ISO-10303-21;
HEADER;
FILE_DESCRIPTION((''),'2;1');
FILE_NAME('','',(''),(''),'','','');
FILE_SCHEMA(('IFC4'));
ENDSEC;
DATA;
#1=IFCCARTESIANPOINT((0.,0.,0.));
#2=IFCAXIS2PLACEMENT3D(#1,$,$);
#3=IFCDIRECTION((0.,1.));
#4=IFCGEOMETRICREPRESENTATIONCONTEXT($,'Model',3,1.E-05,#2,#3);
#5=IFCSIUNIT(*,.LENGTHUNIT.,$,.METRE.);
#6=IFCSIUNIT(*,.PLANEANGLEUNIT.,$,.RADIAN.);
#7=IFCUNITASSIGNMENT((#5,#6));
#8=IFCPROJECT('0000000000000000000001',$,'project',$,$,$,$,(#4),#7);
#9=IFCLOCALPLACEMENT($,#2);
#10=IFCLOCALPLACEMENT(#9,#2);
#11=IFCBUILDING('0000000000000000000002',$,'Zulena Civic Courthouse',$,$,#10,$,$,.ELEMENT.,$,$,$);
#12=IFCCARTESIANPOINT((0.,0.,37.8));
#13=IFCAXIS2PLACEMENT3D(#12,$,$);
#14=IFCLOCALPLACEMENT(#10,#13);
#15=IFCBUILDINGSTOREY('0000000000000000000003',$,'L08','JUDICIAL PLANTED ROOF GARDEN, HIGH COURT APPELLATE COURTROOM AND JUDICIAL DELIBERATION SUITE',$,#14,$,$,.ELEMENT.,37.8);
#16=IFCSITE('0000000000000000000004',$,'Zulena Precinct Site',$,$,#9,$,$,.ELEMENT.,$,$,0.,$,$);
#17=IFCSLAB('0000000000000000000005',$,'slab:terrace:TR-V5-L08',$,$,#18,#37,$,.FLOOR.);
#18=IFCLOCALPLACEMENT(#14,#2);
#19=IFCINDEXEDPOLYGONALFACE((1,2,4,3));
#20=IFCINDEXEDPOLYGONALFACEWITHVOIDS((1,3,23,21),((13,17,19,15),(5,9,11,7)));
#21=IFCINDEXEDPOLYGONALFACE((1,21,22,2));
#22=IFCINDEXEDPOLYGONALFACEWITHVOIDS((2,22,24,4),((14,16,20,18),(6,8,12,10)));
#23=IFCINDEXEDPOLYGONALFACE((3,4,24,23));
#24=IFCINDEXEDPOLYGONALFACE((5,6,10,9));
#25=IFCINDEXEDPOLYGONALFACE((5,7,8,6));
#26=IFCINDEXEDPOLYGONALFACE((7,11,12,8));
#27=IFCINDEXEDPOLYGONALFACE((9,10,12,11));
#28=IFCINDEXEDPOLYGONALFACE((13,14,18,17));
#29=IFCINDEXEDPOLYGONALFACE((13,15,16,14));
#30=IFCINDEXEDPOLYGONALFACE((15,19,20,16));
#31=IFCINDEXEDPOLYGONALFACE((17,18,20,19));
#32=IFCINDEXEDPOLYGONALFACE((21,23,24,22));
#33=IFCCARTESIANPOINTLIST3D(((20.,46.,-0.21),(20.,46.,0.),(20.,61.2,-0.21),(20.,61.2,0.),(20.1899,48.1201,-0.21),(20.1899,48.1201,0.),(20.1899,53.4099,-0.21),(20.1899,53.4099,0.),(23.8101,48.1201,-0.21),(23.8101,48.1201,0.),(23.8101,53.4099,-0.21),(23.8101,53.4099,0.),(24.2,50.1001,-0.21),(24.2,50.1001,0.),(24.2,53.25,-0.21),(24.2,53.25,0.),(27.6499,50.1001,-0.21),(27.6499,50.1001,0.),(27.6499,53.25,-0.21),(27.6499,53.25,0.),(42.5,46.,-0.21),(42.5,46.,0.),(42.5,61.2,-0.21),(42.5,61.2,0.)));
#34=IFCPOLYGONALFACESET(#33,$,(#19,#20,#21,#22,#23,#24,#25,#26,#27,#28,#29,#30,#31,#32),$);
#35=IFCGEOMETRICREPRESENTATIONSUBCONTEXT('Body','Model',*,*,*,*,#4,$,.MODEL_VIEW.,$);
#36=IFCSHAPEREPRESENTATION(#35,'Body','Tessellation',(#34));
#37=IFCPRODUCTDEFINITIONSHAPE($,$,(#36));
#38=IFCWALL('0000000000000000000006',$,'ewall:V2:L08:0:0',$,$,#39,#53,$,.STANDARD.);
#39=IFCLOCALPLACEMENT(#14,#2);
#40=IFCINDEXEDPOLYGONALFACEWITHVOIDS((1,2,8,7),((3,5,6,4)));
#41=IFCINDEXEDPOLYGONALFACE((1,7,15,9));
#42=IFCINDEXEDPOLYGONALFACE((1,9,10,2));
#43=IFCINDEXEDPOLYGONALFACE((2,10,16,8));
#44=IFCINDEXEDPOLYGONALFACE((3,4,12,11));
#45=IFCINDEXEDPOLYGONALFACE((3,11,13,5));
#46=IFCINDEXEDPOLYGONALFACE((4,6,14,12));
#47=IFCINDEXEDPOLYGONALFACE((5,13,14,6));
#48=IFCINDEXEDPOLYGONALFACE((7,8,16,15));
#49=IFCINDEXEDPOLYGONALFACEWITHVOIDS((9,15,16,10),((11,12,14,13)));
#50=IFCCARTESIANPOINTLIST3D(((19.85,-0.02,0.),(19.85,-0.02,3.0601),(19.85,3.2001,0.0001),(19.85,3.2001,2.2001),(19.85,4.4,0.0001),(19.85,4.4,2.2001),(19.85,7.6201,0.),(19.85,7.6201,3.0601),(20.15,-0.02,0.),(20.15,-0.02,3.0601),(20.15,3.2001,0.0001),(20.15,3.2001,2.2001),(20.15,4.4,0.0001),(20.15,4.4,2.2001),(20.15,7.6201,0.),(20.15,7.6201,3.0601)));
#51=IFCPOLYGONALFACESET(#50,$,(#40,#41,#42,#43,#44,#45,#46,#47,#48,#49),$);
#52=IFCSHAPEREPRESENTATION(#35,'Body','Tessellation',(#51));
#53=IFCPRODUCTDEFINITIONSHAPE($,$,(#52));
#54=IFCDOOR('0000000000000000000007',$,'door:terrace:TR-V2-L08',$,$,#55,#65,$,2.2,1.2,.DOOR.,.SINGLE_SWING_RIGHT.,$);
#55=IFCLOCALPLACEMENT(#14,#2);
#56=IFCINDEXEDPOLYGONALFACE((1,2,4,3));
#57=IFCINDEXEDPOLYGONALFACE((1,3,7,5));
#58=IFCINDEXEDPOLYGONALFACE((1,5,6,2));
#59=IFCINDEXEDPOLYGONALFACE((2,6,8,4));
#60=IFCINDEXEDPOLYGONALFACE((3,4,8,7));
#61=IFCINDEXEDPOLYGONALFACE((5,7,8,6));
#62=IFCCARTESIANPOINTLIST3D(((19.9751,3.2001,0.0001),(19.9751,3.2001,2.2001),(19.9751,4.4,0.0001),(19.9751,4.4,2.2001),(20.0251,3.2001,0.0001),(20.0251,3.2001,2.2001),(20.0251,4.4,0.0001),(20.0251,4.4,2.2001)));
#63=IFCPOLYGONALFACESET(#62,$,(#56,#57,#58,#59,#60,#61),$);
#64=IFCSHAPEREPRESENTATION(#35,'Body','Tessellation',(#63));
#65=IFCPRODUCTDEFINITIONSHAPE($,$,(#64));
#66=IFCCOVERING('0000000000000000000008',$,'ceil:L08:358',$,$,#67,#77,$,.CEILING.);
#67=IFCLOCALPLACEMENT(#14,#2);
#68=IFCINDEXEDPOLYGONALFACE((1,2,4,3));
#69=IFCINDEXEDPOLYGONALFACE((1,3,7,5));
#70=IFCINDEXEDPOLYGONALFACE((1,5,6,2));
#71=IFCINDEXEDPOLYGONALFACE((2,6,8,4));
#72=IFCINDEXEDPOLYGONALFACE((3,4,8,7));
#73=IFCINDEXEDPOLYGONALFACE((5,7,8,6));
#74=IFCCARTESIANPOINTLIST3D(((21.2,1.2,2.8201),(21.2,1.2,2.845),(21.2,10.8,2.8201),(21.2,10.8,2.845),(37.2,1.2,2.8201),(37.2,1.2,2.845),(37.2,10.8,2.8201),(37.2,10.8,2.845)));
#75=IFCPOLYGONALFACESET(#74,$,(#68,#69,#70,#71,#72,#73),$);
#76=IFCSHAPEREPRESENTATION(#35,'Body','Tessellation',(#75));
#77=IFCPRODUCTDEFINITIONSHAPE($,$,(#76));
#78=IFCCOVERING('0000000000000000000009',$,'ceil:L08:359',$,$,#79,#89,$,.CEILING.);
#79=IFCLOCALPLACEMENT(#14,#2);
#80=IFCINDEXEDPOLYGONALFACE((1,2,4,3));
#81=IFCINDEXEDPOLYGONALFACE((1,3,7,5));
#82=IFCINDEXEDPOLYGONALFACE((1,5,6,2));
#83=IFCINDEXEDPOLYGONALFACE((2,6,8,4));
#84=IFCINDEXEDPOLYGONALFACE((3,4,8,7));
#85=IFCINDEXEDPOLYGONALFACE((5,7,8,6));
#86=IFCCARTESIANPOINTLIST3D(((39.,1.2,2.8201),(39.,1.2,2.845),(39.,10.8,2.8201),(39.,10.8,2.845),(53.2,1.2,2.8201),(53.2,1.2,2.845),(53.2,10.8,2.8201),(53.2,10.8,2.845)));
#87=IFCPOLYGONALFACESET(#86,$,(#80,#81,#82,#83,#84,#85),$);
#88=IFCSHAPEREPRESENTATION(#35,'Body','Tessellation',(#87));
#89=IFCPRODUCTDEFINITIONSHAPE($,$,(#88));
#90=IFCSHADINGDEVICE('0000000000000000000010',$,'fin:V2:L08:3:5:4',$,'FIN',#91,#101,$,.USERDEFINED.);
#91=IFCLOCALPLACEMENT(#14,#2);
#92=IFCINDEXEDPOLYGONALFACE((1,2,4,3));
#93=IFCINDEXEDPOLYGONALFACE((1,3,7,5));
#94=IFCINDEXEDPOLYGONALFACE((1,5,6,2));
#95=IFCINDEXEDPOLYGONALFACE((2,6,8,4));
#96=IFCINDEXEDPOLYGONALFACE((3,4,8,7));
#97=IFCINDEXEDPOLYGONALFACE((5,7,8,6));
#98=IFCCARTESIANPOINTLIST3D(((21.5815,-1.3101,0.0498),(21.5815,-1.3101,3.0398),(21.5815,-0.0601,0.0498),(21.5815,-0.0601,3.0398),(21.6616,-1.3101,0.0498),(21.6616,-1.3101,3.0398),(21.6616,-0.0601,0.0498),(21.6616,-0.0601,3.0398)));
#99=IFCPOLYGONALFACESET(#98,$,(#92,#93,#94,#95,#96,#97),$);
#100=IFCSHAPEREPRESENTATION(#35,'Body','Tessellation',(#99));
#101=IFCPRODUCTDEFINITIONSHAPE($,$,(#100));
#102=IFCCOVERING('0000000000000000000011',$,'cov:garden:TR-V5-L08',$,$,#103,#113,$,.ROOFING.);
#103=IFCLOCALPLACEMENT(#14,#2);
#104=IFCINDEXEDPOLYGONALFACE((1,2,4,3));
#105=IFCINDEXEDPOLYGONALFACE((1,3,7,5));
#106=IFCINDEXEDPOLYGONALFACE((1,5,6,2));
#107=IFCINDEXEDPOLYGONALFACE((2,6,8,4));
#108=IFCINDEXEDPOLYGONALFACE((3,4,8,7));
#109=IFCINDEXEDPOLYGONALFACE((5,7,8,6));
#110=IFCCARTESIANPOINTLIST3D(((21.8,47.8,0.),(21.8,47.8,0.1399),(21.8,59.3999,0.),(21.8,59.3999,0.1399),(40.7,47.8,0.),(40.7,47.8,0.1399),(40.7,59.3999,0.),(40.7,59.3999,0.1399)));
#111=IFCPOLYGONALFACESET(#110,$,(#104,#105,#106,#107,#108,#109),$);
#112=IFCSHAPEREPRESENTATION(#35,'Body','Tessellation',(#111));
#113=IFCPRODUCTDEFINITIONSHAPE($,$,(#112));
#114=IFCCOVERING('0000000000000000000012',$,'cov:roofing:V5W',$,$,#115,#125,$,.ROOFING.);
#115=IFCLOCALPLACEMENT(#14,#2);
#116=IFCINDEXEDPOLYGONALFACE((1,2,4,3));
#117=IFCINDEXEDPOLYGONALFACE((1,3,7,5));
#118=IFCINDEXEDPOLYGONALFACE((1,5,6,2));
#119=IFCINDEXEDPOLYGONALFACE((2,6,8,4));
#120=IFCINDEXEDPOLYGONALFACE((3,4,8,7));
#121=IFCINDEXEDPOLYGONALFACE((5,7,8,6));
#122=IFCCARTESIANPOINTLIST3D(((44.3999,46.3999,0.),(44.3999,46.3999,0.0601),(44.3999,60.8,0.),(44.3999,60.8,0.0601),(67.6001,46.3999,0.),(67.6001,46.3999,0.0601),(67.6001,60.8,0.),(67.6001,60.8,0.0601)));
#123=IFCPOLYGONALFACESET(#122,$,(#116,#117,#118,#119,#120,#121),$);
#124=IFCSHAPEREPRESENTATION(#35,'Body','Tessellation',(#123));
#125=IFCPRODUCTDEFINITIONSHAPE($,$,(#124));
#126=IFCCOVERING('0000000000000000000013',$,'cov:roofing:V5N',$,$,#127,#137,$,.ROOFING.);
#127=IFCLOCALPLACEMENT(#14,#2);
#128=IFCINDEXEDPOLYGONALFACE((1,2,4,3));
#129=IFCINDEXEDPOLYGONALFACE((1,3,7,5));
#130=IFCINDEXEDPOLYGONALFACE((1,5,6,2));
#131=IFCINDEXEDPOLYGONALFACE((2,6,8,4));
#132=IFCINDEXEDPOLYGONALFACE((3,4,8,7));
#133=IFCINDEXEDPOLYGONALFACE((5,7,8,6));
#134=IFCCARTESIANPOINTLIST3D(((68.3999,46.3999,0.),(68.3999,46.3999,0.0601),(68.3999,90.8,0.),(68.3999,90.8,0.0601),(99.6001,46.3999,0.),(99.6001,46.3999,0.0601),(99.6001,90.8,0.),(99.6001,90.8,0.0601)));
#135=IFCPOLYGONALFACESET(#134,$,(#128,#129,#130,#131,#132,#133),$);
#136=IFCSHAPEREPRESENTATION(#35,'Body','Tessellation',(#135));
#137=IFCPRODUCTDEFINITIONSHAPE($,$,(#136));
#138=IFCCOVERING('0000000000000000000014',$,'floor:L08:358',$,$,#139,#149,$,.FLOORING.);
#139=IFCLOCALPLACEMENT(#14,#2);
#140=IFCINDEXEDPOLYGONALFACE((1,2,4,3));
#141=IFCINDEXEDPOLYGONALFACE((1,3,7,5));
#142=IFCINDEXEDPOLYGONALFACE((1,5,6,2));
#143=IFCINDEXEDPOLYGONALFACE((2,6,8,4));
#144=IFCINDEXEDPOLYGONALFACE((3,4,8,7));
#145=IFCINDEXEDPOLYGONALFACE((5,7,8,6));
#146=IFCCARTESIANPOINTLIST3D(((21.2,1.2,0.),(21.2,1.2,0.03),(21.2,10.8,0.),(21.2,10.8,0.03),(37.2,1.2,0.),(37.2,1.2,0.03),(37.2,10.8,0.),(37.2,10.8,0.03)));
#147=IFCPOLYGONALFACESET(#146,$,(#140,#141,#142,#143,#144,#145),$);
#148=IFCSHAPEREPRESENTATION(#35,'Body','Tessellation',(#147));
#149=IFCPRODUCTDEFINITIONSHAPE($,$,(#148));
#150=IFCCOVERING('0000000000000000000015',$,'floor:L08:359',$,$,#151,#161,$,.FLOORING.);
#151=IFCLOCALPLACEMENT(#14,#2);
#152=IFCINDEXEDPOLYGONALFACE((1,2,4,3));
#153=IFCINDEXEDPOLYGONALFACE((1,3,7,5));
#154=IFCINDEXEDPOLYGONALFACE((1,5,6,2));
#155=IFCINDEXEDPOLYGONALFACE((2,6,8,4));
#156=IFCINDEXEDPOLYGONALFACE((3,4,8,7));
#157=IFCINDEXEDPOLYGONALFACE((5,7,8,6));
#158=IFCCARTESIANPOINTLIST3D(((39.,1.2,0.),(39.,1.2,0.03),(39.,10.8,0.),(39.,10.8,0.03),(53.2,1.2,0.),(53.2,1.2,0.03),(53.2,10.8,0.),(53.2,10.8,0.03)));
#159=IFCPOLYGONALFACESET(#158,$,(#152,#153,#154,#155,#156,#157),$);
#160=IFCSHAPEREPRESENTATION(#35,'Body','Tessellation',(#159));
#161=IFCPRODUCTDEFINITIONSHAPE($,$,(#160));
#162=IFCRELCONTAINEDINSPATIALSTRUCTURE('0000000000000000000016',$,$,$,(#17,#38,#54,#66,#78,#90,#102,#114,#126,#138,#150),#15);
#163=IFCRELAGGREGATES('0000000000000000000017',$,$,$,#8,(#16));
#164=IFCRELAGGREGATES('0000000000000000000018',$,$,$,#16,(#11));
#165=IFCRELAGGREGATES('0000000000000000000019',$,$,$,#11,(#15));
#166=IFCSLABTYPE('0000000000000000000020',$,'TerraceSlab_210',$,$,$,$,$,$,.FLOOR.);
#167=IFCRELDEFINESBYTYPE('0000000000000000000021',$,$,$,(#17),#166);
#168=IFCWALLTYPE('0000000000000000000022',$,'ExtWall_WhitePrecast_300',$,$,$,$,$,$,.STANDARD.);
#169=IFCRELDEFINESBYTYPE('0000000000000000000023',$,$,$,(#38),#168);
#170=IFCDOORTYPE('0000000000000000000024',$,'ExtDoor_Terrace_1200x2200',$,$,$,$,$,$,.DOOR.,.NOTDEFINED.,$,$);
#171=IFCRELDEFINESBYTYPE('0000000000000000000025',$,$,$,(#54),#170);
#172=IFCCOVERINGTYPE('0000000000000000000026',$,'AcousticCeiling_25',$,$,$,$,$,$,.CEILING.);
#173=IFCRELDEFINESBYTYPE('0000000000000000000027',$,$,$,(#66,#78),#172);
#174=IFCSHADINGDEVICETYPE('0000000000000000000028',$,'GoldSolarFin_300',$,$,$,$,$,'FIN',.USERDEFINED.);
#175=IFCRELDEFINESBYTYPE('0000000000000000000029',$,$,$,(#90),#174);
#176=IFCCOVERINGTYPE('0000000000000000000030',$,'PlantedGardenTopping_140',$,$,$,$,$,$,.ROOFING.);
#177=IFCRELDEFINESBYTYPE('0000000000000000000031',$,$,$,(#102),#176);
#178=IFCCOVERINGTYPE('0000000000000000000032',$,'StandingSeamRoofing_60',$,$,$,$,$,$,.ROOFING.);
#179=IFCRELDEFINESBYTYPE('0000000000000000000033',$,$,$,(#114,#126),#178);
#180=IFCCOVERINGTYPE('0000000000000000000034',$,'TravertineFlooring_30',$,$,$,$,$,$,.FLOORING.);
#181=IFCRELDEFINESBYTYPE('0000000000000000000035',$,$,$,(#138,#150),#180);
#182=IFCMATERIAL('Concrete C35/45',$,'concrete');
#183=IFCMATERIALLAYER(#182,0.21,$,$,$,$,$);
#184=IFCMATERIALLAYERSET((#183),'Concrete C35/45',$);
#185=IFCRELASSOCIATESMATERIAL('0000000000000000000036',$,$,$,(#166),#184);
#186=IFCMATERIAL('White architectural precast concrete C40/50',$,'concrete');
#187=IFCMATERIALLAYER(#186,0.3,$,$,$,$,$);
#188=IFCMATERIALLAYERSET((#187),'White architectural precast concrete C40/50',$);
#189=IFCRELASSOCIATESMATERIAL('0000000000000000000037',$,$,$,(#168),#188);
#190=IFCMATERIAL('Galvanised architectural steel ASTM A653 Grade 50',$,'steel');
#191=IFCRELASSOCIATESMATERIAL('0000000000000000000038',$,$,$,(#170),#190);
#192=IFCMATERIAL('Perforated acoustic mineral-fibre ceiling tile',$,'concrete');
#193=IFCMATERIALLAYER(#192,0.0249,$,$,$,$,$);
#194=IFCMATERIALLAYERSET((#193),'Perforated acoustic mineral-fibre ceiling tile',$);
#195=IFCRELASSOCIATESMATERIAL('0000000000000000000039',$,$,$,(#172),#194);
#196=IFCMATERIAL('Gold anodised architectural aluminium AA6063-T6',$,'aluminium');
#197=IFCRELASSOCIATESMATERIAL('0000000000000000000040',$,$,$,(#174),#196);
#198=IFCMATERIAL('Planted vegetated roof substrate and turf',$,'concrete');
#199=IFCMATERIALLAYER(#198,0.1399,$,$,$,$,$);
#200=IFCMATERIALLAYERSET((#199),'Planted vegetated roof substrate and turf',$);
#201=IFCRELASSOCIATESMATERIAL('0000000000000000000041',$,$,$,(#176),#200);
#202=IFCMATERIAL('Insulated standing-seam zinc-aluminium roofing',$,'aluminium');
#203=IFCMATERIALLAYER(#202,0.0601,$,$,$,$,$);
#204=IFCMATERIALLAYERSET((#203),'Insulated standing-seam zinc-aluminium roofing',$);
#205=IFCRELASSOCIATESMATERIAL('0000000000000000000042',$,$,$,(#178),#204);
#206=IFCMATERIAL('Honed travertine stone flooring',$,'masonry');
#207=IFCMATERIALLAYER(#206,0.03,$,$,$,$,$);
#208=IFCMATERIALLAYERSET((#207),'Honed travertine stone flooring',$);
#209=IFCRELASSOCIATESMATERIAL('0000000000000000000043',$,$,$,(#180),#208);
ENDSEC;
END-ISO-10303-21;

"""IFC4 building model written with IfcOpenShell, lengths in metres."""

from ifc_helpers import new_model, si_unit, direction, frame, frame_2d, origin, origin_2d, place, context, subcontext, project, spatial, polyline, rectangle, outline, extrude, material, layer, layer_set, type_object, element, fill, save


model = new_model("IFC4")

# Units and contexts
model_context = context("Model", 3, precision=1e-05, world=origin(), true_north=direction((0.0, 1.0)))
body_context = subcontext(model_context, "Body", "Model", "MODEL_VIEW")
ifc_project = project(units=[si_unit("LENGTHUNIT", "METRE"), si_unit("PLANEANGLEUNIT", "RADIAN")], contexts=[model_context])

# Site, building, storey
site_placement = place(None, origin())
site = spatial("IfcSite", under=ifc_project, at=site_placement, Name="Zulena Precinct Site", CompositionType="ELEMENT", RefElevation=0.0)
building_placement = place(site_placement, origin())
building = spatial("IfcBuilding", under=site, at=building_placement, Name="Zulena Civic Courthouse", CompositionType="ELEMENT")
storey_placement = place(building_placement, frame((0.0, 0.0, 37.8)))
storey = spatial("IfcBuildingStorey", under=building, at=storey_placement, Name="L08", Description="JUDICIAL PLANTED ROOF GARDEN, HIGH COURT APPELLATE COURTROOM AND JUDICIAL DELIBERATION SUITE", CompositionType="ELEMENT", Elevation=37.8)

# Shared definitions
ifc_material_1 = material(Name="Insulated standing-seam zinc-aluminium roofing", Category="aluminium")
ifc_material_2 = material(Name="Concrete C35/45", Category="concrete")

# Slab
ifc_layer_1 = layer(ifc_material_2, 0.21)
ifc_layer_set_1 = layer_set([ifc_layer_1], Name="Concrete C35/45")
slab_type_1 = type_object("IfcSlabType", Name="TerraceSlab_210", PredefinedType="FLOOR", material=ifc_layer_set_1)
slab_1_placement = place(storey_placement, frame((0.0, 0.0, -0.21)))
element("IfcSlab", 1, at=slab_1_placement, inside=storey, type_object=slab_type_1, Name="slab:terrace:TR-V5-L08", PredefinedType="FLOOR", context=body_context, shape_type="SweptSolid", body=[
    extrude(outline(polyline([(42.5, 61.2), (42.5, 46.0), (20.0, 46.0), (20.0, 61.2), (42.5, 61.2)]), holes=[polyline([(23.8101, 53.4099), (20.1899, 53.4099), (20.1899, 48.1201), (23.8101, 48.1201), (23.8101, 53.4099)]), polyline([(27.6499, 50.1001), (27.6499, 53.25), (24.2, 53.25), (24.2, 50.1001), (27.6499, 50.1001)])]), origin(), (0.0, 0.0, 1.0), 0.21),
])

# Wall, opening, door
ifc_material_3 = material(Name="White architectural precast concrete C40/50", Category="concrete")
ifc_layer_2 = layer(ifc_material_3, 0.3)
ifc_layer_set_2 = layer_set([ifc_layer_2], Name="White architectural precast concrete C40/50")
wall_type = type_object("IfcWallType", Name="ExtWall_WhitePrecast_300", PredefinedType="STANDARD", material=ifc_layer_set_2)
wall_placement = place(storey_placement, frame((20.0, -0.02, 0.0), z_axis=(0.0, 0.0, 1.0), x_axis=(0.0, 1.0, 0.0)))
wall = element("IfcWall", 2, at=wall_placement, inside=storey, type_object=wall_type, Name="ewall:V2:L08:0:0", PredefinedType="STANDARD", context=body_context, shape_type="SweptSolid", body=[
    extrude(rectangle(XDim=7.6401, YDim=0.3, at=frame_2d((3.8201, 0.0))), origin(), (0.0, 0.0, 1.0), 3.0601),
])
opening_1_placement = place(wall_placement, frame((3.22, 0.0, 0.0)))
opening_1 = element("IfcOpeningElement", 3, at=opening_1_placement, cuts=wall, PredefinedType="OPENING", context=body_context, shape_type="SweptSolid", body=[
    extrude(rectangle(XDim=1.2, YDim=2.2, at=frame_2d((0.6001, 1.1001))), frame((0.0, 0.1599, 0.0), z_axis=(0.0, -1.0, 0.0), x_axis=(1.0, 0.0, 0.0)), (0.0, 0.0, 1.0), 0.3201),
])
ifc_material_4 = material(Name="Galvanised architectural steel ASTM A653 Grade 50", Category="steel")
door_type = type_object("IfcDoorType", Name="ExtDoor_Terrace_1200x2200", OperationType="NOTDEFINED", PredefinedType="DOOR", material=ifc_material_4)
door_placement = place(opening_1_placement, origin())
door = element("IfcDoor", 4, at=door_placement, inside=storey, type_object=door_type, Name="door:terrace:TR-V2-L08", OperationType="SINGLE_SWING_RIGHT", OverallHeight=2.2, OverallWidth=1.2, PredefinedType="DOOR", context=body_context, shape_type="SweptSolid", body=[
    extrude(rectangle(XDim=1.2, YDim=2.2, at=frame_2d((0.6001, 1.1001))), frame((0.0, 0.0249, 0.0), z_axis=(0.0, -1.0, 0.0), x_axis=(1.0, 0.0, 0.0)), (0.0, 0.0, 1.0), 0.05),
])
fill(opening_1, door)

# Coverings
ifc_material_5 = material(Name="Perforated acoustic mineral-fibre ceiling tile", Category="concrete")
ifc_layer_3 = layer(ifc_material_5, 0.0249)
ifc_layer_set_3 = layer_set([ifc_layer_3], Name="Perforated acoustic mineral-fibre ceiling tile")
covering_type_1 = type_object("IfcCoveringType", Name="AcousticCeiling_25", PredefinedType="CEILING", material=ifc_layer_set_3)
covering_1_placement = place(storey_placement, frame((0.0, 0.0, 2.8201)))
element("IfcCovering", 5, at=covering_1_placement, inside=storey, type_object=covering_type_1, Name="ceil:L08:358", PredefinedType="CEILING", context=body_context, shape_type="SweptSolid", body=[
    extrude(outline(polyline([(21.2, 1.2), (37.2, 1.2), (37.2, 10.8), (21.2, 10.8), (21.2, 1.2)])), origin(), (0.0, 0.0, 1.0), 0.0249),
])
covering_2_placement = place(storey_placement, frame((0.0, 0.0, 2.8201)))
element("IfcCovering", 6, at=covering_2_placement, inside=storey, type_object=covering_type_1, Name="ceil:L08:359", PredefinedType="CEILING", context=body_context, shape_type="SweptSolid", body=[
    extrude(outline(polyline([(39.0, 1.2), (53.2, 1.2), (53.2, 10.8), (39.0, 10.8), (39.0, 1.2)])), origin(), (0.0, 0.0, 1.0), 0.0249),
])

# Shading device
ifc_material_6 = material(Name="Gold anodised architectural aluminium AA6063-T6", Category="aluminium")
shading_device_type = type_object("IfcShadingDeviceType", Name="GoldSolarFin_300", ElementType="FIN", PredefinedType="USERDEFINED", material=ifc_material_6)
shading_device_placement = place(storey_placement, frame((21.6216, -0.6851, 0.0498), z_axis=(0.0, 0.0, 1.0), x_axis=(0.0, -1.0, 0.0)))
element("IfcShadingDevice", 7, at=shading_device_placement, inside=storey, type_object=shading_device_type, Name="fin:V2:L08:3:5:4", ObjectType="FIN", PredefinedType="USERDEFINED", context=body_context, shape_type="SweptSolid", body=[
    extrude(rectangle(XDim=1.25, YDim=0.0801, at=origin_2d()), origin(), (0.0, 0.0, 1.0), 2.99),
])

# Coverings
ifc_material_7 = material(Name="Planted vegetated roof substrate and turf", Category="concrete")
ifc_layer_4 = layer(ifc_material_7, 0.1399)
ifc_layer_set_4 = layer_set([ifc_layer_4], Name="Planted vegetated roof substrate and turf")
covering_type_2 = type_object("IfcCoveringType", Name="PlantedGardenTopping_140", PredefinedType="ROOFING", material=ifc_layer_set_4)
covering_3_placement = place(storey_placement, origin())
element("IfcCovering", 8, at=covering_3_placement, inside=storey, type_object=covering_type_2, Name="cov:garden:TR-V5-L08", PredefinedType="ROOFING", context=body_context, shape_type="SweptSolid", body=[
    extrude(outline(polyline([(21.8, 47.8), (40.7, 47.8), (40.7, 59.3999), (21.8, 59.3999), (21.8, 47.8)])), origin(), (0.0, 0.0, 1.0), 0.1399),
])
ifc_layer_5 = layer(ifc_material_1, 0.0601)
ifc_layer_set_5 = layer_set([ifc_layer_5], Name="Insulated standing-seam zinc-aluminium roofing")
covering_type_3 = type_object("IfcCoveringType", Name="StandingSeamRoofing_60", PredefinedType="ROOFING", material=ifc_layer_set_5)
covering_4_placement = place(storey_placement, origin())
element("IfcCovering", 9, at=covering_4_placement, inside=storey, type_object=covering_type_3, Name="cov:roofing:V5W", PredefinedType="ROOFING", context=body_context, shape_type="SweptSolid", body=[
    extrude(outline(polyline([(44.3999, 46.3999), (67.6001, 46.3999), (67.6001, 60.8), (44.3999, 60.8), (44.3999, 46.3999)])), origin(), (0.0, 0.0, 1.0), 0.0601),
])
covering_5_placement = place(storey_placement, origin())
element("IfcCovering", 10, at=covering_5_placement, inside=storey, type_object=covering_type_3, Name="cov:roofing:V5N", PredefinedType="ROOFING", context=body_context, shape_type="SweptSolid", body=[
    extrude(outline(polyline([(68.3999, 46.3999), (99.6001, 46.3999), (99.6001, 90.8), (68.3999, 90.8), (68.3999, 46.3999)])), origin(), (0.0, 0.0, 1.0), 0.0601),
])
ifc_material_8 = material(Name="Honed travertine stone flooring", Category="masonry")
ifc_layer_6 = layer(ifc_material_8, 0.03)
ifc_layer_set_6 = layer_set([ifc_layer_6], Name="Honed travertine stone flooring")
covering_type_4 = type_object("IfcCoveringType", Name="TravertineFlooring_30", PredefinedType="FLOORING", material=ifc_layer_set_6)
covering_6_placement = place(storey_placement, origin())
element("IfcCovering", 11, at=covering_6_placement, inside=storey, type_object=covering_type_4, Name="floor:L08:358", PredefinedType="FLOORING", context=body_context, shape_type="SweptSolid", body=[
    extrude(outline(polyline([(21.2, 1.2), (37.2, 1.2), (37.2, 10.8), (21.2, 10.8), (21.2, 1.2)])), origin(), (0.0, 0.0, 1.0), 0.03),
])
covering_7_placement = place(storey_placement, origin())
element("IfcCovering", 12, at=covering_7_placement, inside=storey, type_object=covering_type_4, Name="floor:L08:359", PredefinedType="FLOORING", context=body_context, shape_type="SweptSolid", body=[
    extrude(outline(polyline([(39.0, 1.2), (53.2, 1.2), (53.2, 10.8), (39.0, 10.8), (39.0, 1.2)])), origin(), (0.0, 0.0, 1.0), 0.03),
])

save(model, "model.ifc")
